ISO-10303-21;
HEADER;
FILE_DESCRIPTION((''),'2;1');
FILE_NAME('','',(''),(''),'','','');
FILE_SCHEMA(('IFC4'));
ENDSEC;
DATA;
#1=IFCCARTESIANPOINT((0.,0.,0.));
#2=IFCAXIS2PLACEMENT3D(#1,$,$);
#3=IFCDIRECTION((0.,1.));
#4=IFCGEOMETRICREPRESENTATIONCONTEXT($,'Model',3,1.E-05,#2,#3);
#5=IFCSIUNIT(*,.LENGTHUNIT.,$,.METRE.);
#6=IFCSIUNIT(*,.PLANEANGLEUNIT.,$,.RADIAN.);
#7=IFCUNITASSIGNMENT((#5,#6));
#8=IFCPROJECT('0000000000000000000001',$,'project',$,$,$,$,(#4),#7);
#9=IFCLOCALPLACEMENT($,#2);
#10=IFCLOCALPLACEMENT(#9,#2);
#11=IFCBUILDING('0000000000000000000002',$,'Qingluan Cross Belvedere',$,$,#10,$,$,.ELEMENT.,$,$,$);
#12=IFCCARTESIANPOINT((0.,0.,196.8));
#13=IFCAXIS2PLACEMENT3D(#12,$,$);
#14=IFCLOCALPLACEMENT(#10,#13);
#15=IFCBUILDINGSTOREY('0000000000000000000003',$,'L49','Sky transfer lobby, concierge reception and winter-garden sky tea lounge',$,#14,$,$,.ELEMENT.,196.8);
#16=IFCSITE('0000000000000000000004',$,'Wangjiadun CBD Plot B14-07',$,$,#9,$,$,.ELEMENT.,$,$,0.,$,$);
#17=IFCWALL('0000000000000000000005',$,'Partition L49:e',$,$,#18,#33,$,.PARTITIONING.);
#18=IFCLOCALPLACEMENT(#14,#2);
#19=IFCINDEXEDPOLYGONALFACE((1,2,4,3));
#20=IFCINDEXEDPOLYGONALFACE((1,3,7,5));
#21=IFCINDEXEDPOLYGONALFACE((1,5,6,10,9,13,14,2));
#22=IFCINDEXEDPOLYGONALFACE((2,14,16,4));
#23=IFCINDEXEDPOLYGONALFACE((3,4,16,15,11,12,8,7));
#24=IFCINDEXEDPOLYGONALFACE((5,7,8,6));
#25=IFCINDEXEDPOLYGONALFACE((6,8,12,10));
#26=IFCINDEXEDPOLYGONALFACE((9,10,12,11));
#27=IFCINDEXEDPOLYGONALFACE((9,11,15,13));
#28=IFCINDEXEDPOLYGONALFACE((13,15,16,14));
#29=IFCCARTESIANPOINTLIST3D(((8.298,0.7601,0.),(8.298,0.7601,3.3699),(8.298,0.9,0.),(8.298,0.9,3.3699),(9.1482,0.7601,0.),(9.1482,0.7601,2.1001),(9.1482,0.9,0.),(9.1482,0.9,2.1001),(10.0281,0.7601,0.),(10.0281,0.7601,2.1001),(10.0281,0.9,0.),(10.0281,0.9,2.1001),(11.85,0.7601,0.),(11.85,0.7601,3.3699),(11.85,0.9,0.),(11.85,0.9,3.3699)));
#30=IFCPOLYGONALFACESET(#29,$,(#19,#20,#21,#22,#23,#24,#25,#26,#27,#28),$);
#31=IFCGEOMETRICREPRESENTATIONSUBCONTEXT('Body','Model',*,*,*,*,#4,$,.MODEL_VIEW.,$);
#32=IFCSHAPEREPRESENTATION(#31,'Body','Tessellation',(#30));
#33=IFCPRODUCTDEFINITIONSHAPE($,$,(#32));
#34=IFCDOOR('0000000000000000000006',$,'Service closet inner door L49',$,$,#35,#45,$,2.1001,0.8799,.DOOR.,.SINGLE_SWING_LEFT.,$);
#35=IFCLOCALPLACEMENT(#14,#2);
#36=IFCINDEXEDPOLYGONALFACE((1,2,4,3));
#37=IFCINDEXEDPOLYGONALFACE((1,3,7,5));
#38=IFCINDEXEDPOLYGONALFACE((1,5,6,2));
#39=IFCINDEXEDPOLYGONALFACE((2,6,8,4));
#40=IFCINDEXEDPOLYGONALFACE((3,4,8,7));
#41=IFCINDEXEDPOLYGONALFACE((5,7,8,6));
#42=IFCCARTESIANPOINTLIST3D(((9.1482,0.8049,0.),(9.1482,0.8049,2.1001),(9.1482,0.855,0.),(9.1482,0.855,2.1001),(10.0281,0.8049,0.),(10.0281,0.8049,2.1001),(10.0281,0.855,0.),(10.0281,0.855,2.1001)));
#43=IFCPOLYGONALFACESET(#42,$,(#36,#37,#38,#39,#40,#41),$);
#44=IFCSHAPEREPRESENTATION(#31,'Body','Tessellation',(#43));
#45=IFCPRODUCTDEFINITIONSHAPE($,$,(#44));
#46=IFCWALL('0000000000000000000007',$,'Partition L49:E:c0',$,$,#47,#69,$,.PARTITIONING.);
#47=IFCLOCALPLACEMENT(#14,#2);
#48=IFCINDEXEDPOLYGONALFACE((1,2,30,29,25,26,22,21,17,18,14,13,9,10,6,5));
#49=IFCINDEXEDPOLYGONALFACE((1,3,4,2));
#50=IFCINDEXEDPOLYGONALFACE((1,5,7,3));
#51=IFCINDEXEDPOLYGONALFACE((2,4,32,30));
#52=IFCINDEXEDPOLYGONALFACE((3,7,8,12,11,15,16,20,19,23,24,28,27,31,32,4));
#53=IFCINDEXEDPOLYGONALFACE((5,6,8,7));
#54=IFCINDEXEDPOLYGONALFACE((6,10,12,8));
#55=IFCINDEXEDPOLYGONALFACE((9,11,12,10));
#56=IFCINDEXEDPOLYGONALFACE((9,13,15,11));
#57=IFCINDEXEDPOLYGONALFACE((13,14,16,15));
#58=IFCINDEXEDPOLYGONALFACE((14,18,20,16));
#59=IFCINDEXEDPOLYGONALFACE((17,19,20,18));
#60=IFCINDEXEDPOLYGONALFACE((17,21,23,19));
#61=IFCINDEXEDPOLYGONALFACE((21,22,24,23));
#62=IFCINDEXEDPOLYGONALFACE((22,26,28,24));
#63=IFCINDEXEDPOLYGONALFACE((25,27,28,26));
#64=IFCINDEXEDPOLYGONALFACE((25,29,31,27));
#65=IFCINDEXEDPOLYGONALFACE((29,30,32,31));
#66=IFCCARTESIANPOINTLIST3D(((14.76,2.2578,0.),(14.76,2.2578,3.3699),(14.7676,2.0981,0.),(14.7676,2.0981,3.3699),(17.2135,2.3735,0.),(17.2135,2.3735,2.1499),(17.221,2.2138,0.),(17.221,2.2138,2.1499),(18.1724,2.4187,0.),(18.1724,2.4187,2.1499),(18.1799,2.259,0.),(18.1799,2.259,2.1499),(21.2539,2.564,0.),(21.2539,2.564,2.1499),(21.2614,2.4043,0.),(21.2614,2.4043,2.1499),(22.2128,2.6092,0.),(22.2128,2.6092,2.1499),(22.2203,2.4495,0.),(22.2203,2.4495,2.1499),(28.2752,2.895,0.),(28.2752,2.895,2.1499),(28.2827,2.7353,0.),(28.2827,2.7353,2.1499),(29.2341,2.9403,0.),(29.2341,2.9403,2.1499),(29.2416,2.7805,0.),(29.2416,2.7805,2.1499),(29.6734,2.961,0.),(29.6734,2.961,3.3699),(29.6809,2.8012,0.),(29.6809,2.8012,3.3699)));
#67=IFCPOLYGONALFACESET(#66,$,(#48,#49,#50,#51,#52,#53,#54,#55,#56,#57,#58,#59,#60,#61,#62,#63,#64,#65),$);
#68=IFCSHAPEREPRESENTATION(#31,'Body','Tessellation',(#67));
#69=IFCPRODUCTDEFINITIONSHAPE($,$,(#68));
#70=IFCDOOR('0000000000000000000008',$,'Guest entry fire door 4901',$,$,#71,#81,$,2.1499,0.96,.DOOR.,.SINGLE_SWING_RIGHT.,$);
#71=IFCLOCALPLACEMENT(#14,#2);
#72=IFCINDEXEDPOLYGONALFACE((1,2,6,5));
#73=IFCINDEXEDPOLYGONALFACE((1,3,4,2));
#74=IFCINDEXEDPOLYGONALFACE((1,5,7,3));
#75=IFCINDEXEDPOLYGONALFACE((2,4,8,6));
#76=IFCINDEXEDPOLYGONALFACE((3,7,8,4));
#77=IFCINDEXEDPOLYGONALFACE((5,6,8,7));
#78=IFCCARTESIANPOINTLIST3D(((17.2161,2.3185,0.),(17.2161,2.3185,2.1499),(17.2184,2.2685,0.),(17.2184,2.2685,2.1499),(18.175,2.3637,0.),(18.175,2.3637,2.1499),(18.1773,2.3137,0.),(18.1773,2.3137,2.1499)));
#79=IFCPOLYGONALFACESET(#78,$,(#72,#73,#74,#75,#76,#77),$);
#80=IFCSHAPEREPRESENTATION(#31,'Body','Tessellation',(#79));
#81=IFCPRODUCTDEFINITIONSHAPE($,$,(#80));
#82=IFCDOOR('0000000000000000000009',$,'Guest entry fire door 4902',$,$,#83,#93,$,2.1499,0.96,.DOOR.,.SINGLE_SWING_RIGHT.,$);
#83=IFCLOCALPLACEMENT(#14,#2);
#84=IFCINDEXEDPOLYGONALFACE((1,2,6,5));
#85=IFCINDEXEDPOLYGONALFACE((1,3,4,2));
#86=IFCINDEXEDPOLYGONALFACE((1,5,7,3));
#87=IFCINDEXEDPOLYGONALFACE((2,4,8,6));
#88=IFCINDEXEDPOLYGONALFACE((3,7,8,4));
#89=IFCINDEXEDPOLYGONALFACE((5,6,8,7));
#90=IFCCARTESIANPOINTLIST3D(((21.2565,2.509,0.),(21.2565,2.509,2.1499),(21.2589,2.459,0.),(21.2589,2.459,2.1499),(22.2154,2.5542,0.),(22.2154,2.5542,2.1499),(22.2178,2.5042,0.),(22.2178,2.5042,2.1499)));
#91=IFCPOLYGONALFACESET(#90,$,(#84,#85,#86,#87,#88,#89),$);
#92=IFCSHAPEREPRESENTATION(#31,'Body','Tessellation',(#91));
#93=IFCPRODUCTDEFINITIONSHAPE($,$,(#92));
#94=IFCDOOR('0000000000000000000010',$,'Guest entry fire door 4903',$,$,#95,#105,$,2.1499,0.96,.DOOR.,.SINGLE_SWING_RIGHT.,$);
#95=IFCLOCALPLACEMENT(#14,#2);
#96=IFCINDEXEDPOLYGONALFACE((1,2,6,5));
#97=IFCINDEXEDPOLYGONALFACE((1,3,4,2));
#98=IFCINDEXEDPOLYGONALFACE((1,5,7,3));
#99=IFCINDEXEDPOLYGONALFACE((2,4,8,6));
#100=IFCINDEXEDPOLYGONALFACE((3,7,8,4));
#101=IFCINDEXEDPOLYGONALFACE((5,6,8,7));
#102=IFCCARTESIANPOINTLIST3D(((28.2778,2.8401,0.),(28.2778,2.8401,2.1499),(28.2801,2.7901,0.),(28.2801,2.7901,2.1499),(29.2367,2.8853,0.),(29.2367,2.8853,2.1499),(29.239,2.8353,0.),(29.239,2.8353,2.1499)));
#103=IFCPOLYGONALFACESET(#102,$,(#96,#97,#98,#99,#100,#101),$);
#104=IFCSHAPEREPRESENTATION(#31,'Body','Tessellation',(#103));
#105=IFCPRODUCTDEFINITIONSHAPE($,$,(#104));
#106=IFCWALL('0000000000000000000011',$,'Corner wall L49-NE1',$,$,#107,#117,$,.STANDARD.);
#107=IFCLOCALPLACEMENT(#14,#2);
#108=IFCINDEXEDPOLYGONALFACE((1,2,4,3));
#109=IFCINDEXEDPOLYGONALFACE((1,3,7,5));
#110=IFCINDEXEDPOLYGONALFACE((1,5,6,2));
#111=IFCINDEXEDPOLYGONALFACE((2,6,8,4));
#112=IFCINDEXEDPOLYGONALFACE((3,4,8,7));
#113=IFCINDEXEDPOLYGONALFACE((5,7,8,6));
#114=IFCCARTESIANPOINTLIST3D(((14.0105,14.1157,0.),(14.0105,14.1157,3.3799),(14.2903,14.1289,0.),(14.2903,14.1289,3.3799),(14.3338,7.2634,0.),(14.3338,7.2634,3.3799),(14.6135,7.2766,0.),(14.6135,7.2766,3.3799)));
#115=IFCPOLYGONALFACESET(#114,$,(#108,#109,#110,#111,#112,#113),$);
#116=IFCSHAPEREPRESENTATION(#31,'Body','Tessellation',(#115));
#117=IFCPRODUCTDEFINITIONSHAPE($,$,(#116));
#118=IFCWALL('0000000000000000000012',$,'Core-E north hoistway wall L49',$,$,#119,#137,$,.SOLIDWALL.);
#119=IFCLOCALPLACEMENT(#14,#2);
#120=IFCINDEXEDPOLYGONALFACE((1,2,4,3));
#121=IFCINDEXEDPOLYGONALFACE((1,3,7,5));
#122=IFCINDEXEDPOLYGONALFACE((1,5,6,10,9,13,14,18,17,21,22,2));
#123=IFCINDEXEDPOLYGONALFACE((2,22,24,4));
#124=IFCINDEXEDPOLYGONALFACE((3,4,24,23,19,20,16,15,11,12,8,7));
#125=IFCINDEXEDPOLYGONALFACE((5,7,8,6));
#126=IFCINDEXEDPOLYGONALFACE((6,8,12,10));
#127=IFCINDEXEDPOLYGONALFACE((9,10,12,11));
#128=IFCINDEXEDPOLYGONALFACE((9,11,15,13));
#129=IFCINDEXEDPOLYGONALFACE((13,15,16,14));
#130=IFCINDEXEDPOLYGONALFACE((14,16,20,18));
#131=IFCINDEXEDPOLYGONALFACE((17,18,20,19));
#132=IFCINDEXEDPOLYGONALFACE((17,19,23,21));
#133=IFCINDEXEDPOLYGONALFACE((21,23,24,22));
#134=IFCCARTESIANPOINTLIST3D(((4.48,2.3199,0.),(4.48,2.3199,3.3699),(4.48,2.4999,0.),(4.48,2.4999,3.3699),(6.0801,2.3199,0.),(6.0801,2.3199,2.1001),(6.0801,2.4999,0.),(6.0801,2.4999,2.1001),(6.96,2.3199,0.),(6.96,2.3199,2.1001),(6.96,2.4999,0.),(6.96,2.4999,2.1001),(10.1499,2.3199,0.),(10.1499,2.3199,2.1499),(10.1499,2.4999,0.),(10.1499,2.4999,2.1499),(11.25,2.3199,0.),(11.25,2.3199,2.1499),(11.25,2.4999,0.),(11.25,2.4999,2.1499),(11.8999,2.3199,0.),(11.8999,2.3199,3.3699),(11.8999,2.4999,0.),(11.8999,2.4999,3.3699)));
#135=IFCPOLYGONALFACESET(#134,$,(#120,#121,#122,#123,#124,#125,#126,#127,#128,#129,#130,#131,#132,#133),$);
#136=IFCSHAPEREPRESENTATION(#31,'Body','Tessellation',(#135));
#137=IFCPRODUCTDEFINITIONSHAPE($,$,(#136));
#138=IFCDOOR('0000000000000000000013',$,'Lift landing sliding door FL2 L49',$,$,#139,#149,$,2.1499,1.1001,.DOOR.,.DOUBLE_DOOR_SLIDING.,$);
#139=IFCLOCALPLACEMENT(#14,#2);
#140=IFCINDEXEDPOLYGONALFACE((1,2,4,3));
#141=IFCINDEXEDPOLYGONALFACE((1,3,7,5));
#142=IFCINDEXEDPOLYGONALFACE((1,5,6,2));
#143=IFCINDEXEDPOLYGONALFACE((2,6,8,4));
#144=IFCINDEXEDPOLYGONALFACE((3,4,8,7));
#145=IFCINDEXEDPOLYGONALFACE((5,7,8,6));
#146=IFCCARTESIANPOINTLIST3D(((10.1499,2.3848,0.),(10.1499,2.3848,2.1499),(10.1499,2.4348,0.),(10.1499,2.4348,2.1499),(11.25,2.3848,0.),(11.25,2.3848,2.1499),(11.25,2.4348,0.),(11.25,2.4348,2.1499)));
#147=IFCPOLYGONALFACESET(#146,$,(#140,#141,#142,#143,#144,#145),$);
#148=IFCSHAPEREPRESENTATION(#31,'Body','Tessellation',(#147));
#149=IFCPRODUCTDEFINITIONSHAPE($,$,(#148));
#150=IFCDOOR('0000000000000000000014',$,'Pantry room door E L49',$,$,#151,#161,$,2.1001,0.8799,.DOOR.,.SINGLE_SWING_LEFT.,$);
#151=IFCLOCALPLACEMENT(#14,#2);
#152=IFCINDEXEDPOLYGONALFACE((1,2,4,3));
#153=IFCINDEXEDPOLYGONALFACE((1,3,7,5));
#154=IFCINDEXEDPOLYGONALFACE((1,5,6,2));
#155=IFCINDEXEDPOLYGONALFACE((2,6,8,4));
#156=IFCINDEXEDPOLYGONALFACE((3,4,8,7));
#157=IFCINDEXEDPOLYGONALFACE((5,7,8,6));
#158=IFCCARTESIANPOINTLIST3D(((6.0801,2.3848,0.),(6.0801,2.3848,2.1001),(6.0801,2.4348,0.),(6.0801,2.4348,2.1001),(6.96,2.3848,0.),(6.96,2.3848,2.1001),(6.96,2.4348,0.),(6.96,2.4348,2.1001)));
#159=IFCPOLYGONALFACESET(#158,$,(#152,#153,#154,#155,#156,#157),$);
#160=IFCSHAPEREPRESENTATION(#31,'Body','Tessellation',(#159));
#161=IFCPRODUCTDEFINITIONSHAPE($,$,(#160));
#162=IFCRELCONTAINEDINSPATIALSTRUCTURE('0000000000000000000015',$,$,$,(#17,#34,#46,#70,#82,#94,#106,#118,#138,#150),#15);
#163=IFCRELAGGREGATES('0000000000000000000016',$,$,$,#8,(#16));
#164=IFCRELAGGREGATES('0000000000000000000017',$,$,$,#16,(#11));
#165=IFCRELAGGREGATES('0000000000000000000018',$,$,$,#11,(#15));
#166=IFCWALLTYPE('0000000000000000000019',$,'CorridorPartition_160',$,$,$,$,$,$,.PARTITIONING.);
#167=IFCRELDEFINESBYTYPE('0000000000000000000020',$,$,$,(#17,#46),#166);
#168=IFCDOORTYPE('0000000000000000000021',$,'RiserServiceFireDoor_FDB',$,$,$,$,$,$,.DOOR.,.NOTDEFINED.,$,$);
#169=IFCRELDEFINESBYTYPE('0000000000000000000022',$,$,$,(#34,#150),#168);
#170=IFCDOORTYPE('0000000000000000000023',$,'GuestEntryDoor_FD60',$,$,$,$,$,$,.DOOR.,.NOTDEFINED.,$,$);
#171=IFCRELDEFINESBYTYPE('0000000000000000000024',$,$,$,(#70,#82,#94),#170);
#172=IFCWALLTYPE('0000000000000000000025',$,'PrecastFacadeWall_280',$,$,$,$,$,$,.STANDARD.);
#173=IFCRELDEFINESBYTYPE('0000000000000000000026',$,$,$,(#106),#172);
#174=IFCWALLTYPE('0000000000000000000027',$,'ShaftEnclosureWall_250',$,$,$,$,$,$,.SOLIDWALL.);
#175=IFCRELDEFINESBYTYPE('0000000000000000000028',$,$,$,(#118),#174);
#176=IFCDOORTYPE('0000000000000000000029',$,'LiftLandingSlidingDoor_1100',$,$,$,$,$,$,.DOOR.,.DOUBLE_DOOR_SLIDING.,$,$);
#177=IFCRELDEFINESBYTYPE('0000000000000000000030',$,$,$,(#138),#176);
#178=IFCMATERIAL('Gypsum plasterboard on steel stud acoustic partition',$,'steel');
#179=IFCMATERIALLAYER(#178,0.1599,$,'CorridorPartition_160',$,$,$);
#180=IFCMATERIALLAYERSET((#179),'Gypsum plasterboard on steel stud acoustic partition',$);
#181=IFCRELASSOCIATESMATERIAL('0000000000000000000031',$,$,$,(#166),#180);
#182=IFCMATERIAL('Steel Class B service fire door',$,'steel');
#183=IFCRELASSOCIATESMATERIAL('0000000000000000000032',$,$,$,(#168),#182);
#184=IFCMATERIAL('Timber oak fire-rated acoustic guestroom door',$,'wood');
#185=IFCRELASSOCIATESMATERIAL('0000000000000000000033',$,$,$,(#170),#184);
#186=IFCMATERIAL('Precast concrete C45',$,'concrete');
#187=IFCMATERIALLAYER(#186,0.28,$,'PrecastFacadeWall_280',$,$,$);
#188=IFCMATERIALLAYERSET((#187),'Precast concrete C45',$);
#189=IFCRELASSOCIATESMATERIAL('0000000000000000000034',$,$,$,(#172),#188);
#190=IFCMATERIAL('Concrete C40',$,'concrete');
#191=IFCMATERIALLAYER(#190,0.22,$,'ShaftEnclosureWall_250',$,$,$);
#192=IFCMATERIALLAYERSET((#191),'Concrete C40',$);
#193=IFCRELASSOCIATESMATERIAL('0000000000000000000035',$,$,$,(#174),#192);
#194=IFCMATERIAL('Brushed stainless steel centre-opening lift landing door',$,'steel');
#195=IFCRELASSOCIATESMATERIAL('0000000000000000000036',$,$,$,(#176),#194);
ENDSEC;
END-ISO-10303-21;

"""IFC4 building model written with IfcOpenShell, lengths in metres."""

from ifc_helpers import new_model, si_unit, direction, frame, frame_2d, origin, place, context, subcontext, project, spatial, rectangle, extrude, material, layer, layer_set, type_object, element, fill, save


model = new_model("IFC4")

# Units and contexts
model_context = context("Model", 3, precision=1e-05, world=origin(), true_north=direction((0.0, 1.0)))
body_context = subcontext(model_context, "Body", "Model", "MODEL_VIEW")
ifc_project = project(units=[si_unit("LENGTHUNIT", "METRE"), si_unit("PLANEANGLEUNIT", "RADIAN")], contexts=[model_context])

# Site, building, storey
site_placement = place(None, origin())
site = spatial("IfcSite", under=ifc_project, at=site_placement, Name="Wangjiadun CBD Plot B14-07", CompositionType="ELEMENT", RefElevation=0.0)
building_placement = place(site_placement, origin())
building = spatial("IfcBuilding", under=site, at=building_placement, Name="Qingluan Cross Belvedere", CompositionType="ELEMENT")
storey_placement = place(building_placement, frame((0.0, 0.0, 196.8)))
storey = spatial("IfcBuildingStorey", under=building, at=storey_placement, Name="L49", Description="Sky transfer lobby, concierge reception and winter-garden sky tea lounge", CompositionType="ELEMENT", Elevation=196.8)

# Wall, opening, door
ifc_material_1 = material(Name="Gypsum plasterboard on steel stud acoustic partition", Category="steel")
ifc_layer_1 = layer(ifc_material_1, 0.1599, Name="CorridorPartition_160")
ifc_layer_set_1 = layer_set([ifc_layer_1], Name="Gypsum plasterboard on steel stud acoustic partition")
wall_type_1 = type_object("IfcWallType", Name="CorridorPartition_160", PredefinedType="PARTITIONING", material=ifc_layer_set_1)
wall_1_placement = place(storey_placement, frame((8.2981, 0.8301, 0.0), z_axis=(0.0, 0.0, 1.0), x_axis=(1.0, 0.0, 0.0)))
wall_1 = element("IfcWall", 1, at=wall_1_placement, inside=storey, type_object=wall_type_1, Name="Partition L49:e", PredefinedType="PARTITIONING", context=body_context, shape_type="SweptSolid", body=[
    extrude(rectangle(XDim=3.552, YDim=0.1399, at=frame_2d((1.7759, 0.0))), origin(), (0.0, 0.0, 1.0), 3.3699),
])
opening_1_placement = place(wall_1_placement, frame((0.8501, 0.0, 0.0)))
opening_1 = element("IfcOpeningElement", 2, at=opening_1_placement, cuts=wall_1, PredefinedType="OPENING", context=body_context, shape_type="SweptSolid", body=[
    extrude(rectangle(XDim=0.8799, YDim=2.1001, at=frame_2d((0.4399, 1.05))), frame((0.0, 0.0798, 0.0), z_axis=(0.0, -1.0, 0.0), x_axis=(1.0, 0.0, 0.0)), (0.0, 0.0, 1.0), 0.1599),
])
ifc_material_2 = material(Name="Steel Class B service fire door", Category="steel")
door_type_1 = type_object("IfcDoorType", Name="RiserServiceFireDoor_FDB", OperationType="NOTDEFINED", PredefinedType="DOOR", material=ifc_material_2)
door_1_placement = place(opening_1_placement, origin())
door_1 = element("IfcDoor", 3, at=door_1_placement, inside=storey, type_object=door_type_1, Name="Service closet inner door L49", OperationType="SINGLE_SWING_LEFT", OverallHeight=2.1001, OverallWidth=0.8799, PredefinedType="DOOR", context=body_context, shape_type="SweptSolid", body=[
    extrude(rectangle(XDim=0.8799, YDim=2.1001, at=frame_2d((0.4399, 1.05))), frame((0.0, 0.0249, 0.0), z_axis=(0.0, -1.0, 0.0), x_axis=(1.0, 0.0, 0.0)), (0.0, 0.0, 1.0), 0.05),
])
fill(opening_1, door_1)

# Wall, openings, doors
wall_2_placement = place(storey_placement, frame((14.7639, 2.178, 0.0), z_axis=(0.0, 0.0, 1.0), x_axis=(0.99889, 0.047095, 0.0)))
wall_2 = element("IfcWall", 4, at=wall_2_placement, inside=storey, type_object=wall_type_1, Name="Partition L49:E:c0", PredefinedType="PARTITIONING", context=body_context, shape_type="SweptSolid", body=[
    extrude(rectangle(XDim=14.9299, YDim=0.1599, at=frame_2d((7.4648, 0.0))), origin(), (0.0, 0.0, 1.0), 3.3699),
])
opening_2_placement = place(wall_2_placement, frame((2.4561, 0.0, 0.0)))
opening_2 = element("IfcOpeningElement", 5, at=opening_2_placement, cuts=wall_2, PredefinedType="OPENING", context=body_context, shape_type="SweptSolid", body=[
    extrude(rectangle(XDim=0.96, YDim=2.1499, at=frame_2d((0.48, 1.075))), frame((0.0, 0.0898, 0.0), z_axis=(0.0, -1.0, 0.0), x_axis=(1.0, 0.0, 0.0)), (0.0, 0.0, 1.0), 0.1799),
])
opening_3_placement = place(wall_2_placement, frame((6.501, 0.0, 0.0)))
opening_3 = element("IfcOpeningElement", 6, at=opening_3_placement, cuts=wall_2, PredefinedType="OPENING", context=body_context, shape_type="SweptSolid", body=[
    extrude(rectangle(XDim=0.96, YDim=2.1499, at=frame_2d((0.48, 1.075))), frame((0.0, 0.0898, 0.0), z_axis=(0.0, -1.0, 0.0), x_axis=(1.0, 0.0, 0.0)), (0.0, 0.0, 1.0), 0.1799),
])
opening_4_placement = place(wall_2_placement, frame((13.53, 0.0, 0.0)))
opening_4 = element("IfcOpeningElement", 7, at=opening_4_placement, cuts=wall_2, PredefinedType="OPENING", context=body_context, shape_type="SweptSolid", body=[
    extrude(rectangle(XDim=0.96, YDim=2.1499, at=frame_2d((0.48, 1.075))), frame((0.0, 0.0898, 0.0), z_axis=(0.0, -1.0, 0.0), x_axis=(1.0, 0.0, 0.0)), (0.0, 0.0, 1.0), 0.1799),
])
ifc_material_3 = material(Name="Timber oak fire-rated acoustic guestroom door", Category="wood")
door_type_2 = type_object("IfcDoorType", Name="GuestEntryDoor_FD60", OperationType="NOTDEFINED", PredefinedType="DOOR", material=ifc_material_3)
door_2_placement = place(opening_2_placement, origin())
door_2 = element("IfcDoor", 8, at=door_2_placement, inside=storey, type_object=door_type_2, Name="Guest entry fire door 4901", OperationType="SINGLE_SWING_RIGHT", OverallHeight=2.1499, OverallWidth=0.96, PredefinedType="DOOR", context=body_context, shape_type="SweptSolid", body=[
    extrude(rectangle(XDim=0.96, YDim=2.1499, at=frame_2d((0.48, 1.075))), frame((0.0, 0.0249, 0.0), z_axis=(0.0, -1.0, 0.0), x_axis=(1.0, 0.0, 0.0)), (0.0, 0.0, 1.0), 0.05),
])
fill(opening_2, door_2)
door_3_placement = place(opening_3_placement, origin())
door_3 = element("IfcDoor", 9, at=door_3_placement, inside=storey, type_object=door_type_2, Name="Guest entry fire door 4902", OperationType="SINGLE_SWING_RIGHT", OverallHeight=2.1499, OverallWidth=0.96, PredefinedType="DOOR", context=body_context, shape_type="SweptSolid", body=[
    extrude(rectangle(XDim=0.96, YDim=2.1499, at=frame_2d((0.48, 1.075))), frame((0.0, 0.0249, 0.0), z_axis=(0.0, -1.0, 0.0), x_axis=(1.0, 0.0, 0.0)), (0.0, 0.0, 1.0), 0.05),
])
fill(opening_3, door_3)
door_4_placement = place(opening_4_placement, origin())
door_4 = element("IfcDoor", 10, at=door_4_placement, inside=storey, type_object=door_type_2, Name="Guest entry fire door 4903", OperationType="SINGLE_SWING_RIGHT", OverallHeight=2.1499, OverallWidth=0.96, PredefinedType="DOOR", context=body_context, shape_type="SweptSolid", body=[
    extrude(rectangle(XDim=0.96, YDim=2.1499, at=frame_2d((0.48, 1.075))), frame((0.0, 0.0249, 0.0), z_axis=(0.0, -1.0, 0.0), x_axis=(1.0, 0.0, 0.0)), (0.0, 0.0, 1.0), 0.05),
])
fill(opening_4, door_4)

# Wall
ifc_material_4 = material(Name="Precast concrete C45", Category="concrete")
ifc_layer_2 = layer(ifc_material_4, 0.28, Name="PrecastFacadeWall_280")
ifc_layer_set_2 = layer_set([ifc_layer_2], Name="Precast concrete C45")
wall_type_2 = type_object("IfcWallType", Name="PrecastFacadeWall_280", PredefinedType="STANDARD", material=ifc_layer_set_2)
wall_3_placement = place(storey_placement, frame((14.4736, 7.27, 0.0), z_axis=(0.0, 0.0, 1.0), x_axis=(-0.04712, 0.998889, 0.0)))
element("IfcWall", 11, at=wall_3_placement, inside=storey, type_object=wall_type_2, Name="Corner wall L49-NE1", PredefinedType="STANDARD", context=body_context, shape_type="SweptSolid", body=[
    extrude(rectangle(XDim=6.8599, YDim=0.28, at=frame_2d((3.4299, 0.0))), origin(), (0.0, 0.0, 1.0), 3.3799),
])

# Wall, openings, doors
ifc_material_5 = material(Name="Concrete C40", Category="concrete")
ifc_layer_3 = layer(ifc_material_5, 0.22, Name="ShaftEnclosureWall_250")
ifc_layer_set_3 = layer_set([ifc_layer_3], Name="Concrete C40")
wall_type_3 = type_object("IfcWallType", Name="ShaftEnclosureWall_250", PredefinedType="SOLIDWALL", material=ifc_layer_set_3)
wall_4_placement = place(storey_placement, frame((4.48, 2.4099, 0.0), z_axis=(0.0, 0.0, 1.0), x_axis=(1.0, 0.0, 0.0)))
wall_4 = element("IfcWall", 12, at=wall_4_placement, inside=storey, type_object=wall_type_3, Name="Core-E north hoistway wall L49", PredefinedType="SOLIDWALL", context=body_context, shape_type="SweptSolid", body=[
    extrude(rectangle(XDim=7.4199, YDim=0.1799, at=frame_2d((3.71, 0.0))), origin(), (0.0, 0.0, 1.0), 3.3699),
])
opening_5_placement = place(wall_4_placement, frame((5.6699, 0.0, 0.0)))
opening_5 = element("IfcOpeningElement", 13, at=opening_5_placement, cuts=wall_4, PredefinedType="OPENING", context=body_context, shape_type="SweptSolid", body=[
    extrude(rectangle(XDim=1.1001, YDim=2.1499, at=frame_2d((0.55, 1.075))), frame((0.0, 0.0999, 0.0), z_axis=(0.0, -1.0, 0.0), x_axis=(1.0, 0.0, 0.0)), (0.0, 0.0, 1.0), 0.2),
])
opening_6_placement = place(wall_4_placement, frame((1.6001, 0.0, 0.0)))
opening_6 = element("IfcOpeningElement", 14, at=opening_6_placement, cuts=wall_4, PredefinedType="OPENING", context=body_context, shape_type="SweptSolid", body=[
    extrude(rectangle(XDim=0.8799, YDim=2.1001, at=frame_2d((0.4399, 1.05))), frame((0.0, 0.0999, 0.0), z_axis=(0.0, -1.0, 0.0), x_axis=(1.0, 0.0, 0.0)), (0.0, 0.0, 1.0), 0.2),
])
ifc_material_6 = material(Name="Brushed stainless steel centre-opening lift landing door", Category="steel")
door_type_3 = type_object("IfcDoorType", Name="LiftLandingSlidingDoor_1100", OperationType="DOUBLE_DOOR_SLIDING", PredefinedType="DOOR", material=ifc_material_6)
door_5_placement = place(opening_5_placement, origin())
door_5 = element("IfcDoor", 15, at=door_5_placement, inside=storey, type_object=door_type_3, Name="Lift landing sliding door FL2 L49", OperationType="DOUBLE_DOOR_SLIDING", OverallHeight=2.1499, OverallWidth=1.1001, PredefinedType="DOOR", context=body_context, shape_type="SweptSolid", body=[
    extrude(rectangle(XDim=1.1001, YDim=2.1499, at=frame_2d((0.55, 1.075))), frame((0.0, 0.0249, 0.0), z_axis=(0.0, -1.0, 0.0), x_axis=(1.0, 0.0, 0.0)), (0.0, 0.0, 1.0), 0.05),
])
fill(opening_5, door_5)
door_6_placement = place(opening_6_placement, origin())
door_6 = element("IfcDoor", 16, at=door_6_placement, inside=storey, type_object=door_type_1, Name="Pantry room door E L49", OperationType="SINGLE_SWING_LEFT", OverallHeight=2.1001, OverallWidth=0.8799, PredefinedType="DOOR", context=body_context, shape_type="SweptSolid", body=[
    extrude(rectangle(XDim=0.8799, YDim=2.1001, at=frame_2d((0.4399, 1.05))), frame((0.0, 0.0249, 0.0), z_axis=(0.0, -1.0, 0.0), x_axis=(1.0, 0.0, 0.0)), (0.0, 0.0, 1.0), 0.05),
])
fill(opening_6, door_6)

save(model, "model.ifc")
